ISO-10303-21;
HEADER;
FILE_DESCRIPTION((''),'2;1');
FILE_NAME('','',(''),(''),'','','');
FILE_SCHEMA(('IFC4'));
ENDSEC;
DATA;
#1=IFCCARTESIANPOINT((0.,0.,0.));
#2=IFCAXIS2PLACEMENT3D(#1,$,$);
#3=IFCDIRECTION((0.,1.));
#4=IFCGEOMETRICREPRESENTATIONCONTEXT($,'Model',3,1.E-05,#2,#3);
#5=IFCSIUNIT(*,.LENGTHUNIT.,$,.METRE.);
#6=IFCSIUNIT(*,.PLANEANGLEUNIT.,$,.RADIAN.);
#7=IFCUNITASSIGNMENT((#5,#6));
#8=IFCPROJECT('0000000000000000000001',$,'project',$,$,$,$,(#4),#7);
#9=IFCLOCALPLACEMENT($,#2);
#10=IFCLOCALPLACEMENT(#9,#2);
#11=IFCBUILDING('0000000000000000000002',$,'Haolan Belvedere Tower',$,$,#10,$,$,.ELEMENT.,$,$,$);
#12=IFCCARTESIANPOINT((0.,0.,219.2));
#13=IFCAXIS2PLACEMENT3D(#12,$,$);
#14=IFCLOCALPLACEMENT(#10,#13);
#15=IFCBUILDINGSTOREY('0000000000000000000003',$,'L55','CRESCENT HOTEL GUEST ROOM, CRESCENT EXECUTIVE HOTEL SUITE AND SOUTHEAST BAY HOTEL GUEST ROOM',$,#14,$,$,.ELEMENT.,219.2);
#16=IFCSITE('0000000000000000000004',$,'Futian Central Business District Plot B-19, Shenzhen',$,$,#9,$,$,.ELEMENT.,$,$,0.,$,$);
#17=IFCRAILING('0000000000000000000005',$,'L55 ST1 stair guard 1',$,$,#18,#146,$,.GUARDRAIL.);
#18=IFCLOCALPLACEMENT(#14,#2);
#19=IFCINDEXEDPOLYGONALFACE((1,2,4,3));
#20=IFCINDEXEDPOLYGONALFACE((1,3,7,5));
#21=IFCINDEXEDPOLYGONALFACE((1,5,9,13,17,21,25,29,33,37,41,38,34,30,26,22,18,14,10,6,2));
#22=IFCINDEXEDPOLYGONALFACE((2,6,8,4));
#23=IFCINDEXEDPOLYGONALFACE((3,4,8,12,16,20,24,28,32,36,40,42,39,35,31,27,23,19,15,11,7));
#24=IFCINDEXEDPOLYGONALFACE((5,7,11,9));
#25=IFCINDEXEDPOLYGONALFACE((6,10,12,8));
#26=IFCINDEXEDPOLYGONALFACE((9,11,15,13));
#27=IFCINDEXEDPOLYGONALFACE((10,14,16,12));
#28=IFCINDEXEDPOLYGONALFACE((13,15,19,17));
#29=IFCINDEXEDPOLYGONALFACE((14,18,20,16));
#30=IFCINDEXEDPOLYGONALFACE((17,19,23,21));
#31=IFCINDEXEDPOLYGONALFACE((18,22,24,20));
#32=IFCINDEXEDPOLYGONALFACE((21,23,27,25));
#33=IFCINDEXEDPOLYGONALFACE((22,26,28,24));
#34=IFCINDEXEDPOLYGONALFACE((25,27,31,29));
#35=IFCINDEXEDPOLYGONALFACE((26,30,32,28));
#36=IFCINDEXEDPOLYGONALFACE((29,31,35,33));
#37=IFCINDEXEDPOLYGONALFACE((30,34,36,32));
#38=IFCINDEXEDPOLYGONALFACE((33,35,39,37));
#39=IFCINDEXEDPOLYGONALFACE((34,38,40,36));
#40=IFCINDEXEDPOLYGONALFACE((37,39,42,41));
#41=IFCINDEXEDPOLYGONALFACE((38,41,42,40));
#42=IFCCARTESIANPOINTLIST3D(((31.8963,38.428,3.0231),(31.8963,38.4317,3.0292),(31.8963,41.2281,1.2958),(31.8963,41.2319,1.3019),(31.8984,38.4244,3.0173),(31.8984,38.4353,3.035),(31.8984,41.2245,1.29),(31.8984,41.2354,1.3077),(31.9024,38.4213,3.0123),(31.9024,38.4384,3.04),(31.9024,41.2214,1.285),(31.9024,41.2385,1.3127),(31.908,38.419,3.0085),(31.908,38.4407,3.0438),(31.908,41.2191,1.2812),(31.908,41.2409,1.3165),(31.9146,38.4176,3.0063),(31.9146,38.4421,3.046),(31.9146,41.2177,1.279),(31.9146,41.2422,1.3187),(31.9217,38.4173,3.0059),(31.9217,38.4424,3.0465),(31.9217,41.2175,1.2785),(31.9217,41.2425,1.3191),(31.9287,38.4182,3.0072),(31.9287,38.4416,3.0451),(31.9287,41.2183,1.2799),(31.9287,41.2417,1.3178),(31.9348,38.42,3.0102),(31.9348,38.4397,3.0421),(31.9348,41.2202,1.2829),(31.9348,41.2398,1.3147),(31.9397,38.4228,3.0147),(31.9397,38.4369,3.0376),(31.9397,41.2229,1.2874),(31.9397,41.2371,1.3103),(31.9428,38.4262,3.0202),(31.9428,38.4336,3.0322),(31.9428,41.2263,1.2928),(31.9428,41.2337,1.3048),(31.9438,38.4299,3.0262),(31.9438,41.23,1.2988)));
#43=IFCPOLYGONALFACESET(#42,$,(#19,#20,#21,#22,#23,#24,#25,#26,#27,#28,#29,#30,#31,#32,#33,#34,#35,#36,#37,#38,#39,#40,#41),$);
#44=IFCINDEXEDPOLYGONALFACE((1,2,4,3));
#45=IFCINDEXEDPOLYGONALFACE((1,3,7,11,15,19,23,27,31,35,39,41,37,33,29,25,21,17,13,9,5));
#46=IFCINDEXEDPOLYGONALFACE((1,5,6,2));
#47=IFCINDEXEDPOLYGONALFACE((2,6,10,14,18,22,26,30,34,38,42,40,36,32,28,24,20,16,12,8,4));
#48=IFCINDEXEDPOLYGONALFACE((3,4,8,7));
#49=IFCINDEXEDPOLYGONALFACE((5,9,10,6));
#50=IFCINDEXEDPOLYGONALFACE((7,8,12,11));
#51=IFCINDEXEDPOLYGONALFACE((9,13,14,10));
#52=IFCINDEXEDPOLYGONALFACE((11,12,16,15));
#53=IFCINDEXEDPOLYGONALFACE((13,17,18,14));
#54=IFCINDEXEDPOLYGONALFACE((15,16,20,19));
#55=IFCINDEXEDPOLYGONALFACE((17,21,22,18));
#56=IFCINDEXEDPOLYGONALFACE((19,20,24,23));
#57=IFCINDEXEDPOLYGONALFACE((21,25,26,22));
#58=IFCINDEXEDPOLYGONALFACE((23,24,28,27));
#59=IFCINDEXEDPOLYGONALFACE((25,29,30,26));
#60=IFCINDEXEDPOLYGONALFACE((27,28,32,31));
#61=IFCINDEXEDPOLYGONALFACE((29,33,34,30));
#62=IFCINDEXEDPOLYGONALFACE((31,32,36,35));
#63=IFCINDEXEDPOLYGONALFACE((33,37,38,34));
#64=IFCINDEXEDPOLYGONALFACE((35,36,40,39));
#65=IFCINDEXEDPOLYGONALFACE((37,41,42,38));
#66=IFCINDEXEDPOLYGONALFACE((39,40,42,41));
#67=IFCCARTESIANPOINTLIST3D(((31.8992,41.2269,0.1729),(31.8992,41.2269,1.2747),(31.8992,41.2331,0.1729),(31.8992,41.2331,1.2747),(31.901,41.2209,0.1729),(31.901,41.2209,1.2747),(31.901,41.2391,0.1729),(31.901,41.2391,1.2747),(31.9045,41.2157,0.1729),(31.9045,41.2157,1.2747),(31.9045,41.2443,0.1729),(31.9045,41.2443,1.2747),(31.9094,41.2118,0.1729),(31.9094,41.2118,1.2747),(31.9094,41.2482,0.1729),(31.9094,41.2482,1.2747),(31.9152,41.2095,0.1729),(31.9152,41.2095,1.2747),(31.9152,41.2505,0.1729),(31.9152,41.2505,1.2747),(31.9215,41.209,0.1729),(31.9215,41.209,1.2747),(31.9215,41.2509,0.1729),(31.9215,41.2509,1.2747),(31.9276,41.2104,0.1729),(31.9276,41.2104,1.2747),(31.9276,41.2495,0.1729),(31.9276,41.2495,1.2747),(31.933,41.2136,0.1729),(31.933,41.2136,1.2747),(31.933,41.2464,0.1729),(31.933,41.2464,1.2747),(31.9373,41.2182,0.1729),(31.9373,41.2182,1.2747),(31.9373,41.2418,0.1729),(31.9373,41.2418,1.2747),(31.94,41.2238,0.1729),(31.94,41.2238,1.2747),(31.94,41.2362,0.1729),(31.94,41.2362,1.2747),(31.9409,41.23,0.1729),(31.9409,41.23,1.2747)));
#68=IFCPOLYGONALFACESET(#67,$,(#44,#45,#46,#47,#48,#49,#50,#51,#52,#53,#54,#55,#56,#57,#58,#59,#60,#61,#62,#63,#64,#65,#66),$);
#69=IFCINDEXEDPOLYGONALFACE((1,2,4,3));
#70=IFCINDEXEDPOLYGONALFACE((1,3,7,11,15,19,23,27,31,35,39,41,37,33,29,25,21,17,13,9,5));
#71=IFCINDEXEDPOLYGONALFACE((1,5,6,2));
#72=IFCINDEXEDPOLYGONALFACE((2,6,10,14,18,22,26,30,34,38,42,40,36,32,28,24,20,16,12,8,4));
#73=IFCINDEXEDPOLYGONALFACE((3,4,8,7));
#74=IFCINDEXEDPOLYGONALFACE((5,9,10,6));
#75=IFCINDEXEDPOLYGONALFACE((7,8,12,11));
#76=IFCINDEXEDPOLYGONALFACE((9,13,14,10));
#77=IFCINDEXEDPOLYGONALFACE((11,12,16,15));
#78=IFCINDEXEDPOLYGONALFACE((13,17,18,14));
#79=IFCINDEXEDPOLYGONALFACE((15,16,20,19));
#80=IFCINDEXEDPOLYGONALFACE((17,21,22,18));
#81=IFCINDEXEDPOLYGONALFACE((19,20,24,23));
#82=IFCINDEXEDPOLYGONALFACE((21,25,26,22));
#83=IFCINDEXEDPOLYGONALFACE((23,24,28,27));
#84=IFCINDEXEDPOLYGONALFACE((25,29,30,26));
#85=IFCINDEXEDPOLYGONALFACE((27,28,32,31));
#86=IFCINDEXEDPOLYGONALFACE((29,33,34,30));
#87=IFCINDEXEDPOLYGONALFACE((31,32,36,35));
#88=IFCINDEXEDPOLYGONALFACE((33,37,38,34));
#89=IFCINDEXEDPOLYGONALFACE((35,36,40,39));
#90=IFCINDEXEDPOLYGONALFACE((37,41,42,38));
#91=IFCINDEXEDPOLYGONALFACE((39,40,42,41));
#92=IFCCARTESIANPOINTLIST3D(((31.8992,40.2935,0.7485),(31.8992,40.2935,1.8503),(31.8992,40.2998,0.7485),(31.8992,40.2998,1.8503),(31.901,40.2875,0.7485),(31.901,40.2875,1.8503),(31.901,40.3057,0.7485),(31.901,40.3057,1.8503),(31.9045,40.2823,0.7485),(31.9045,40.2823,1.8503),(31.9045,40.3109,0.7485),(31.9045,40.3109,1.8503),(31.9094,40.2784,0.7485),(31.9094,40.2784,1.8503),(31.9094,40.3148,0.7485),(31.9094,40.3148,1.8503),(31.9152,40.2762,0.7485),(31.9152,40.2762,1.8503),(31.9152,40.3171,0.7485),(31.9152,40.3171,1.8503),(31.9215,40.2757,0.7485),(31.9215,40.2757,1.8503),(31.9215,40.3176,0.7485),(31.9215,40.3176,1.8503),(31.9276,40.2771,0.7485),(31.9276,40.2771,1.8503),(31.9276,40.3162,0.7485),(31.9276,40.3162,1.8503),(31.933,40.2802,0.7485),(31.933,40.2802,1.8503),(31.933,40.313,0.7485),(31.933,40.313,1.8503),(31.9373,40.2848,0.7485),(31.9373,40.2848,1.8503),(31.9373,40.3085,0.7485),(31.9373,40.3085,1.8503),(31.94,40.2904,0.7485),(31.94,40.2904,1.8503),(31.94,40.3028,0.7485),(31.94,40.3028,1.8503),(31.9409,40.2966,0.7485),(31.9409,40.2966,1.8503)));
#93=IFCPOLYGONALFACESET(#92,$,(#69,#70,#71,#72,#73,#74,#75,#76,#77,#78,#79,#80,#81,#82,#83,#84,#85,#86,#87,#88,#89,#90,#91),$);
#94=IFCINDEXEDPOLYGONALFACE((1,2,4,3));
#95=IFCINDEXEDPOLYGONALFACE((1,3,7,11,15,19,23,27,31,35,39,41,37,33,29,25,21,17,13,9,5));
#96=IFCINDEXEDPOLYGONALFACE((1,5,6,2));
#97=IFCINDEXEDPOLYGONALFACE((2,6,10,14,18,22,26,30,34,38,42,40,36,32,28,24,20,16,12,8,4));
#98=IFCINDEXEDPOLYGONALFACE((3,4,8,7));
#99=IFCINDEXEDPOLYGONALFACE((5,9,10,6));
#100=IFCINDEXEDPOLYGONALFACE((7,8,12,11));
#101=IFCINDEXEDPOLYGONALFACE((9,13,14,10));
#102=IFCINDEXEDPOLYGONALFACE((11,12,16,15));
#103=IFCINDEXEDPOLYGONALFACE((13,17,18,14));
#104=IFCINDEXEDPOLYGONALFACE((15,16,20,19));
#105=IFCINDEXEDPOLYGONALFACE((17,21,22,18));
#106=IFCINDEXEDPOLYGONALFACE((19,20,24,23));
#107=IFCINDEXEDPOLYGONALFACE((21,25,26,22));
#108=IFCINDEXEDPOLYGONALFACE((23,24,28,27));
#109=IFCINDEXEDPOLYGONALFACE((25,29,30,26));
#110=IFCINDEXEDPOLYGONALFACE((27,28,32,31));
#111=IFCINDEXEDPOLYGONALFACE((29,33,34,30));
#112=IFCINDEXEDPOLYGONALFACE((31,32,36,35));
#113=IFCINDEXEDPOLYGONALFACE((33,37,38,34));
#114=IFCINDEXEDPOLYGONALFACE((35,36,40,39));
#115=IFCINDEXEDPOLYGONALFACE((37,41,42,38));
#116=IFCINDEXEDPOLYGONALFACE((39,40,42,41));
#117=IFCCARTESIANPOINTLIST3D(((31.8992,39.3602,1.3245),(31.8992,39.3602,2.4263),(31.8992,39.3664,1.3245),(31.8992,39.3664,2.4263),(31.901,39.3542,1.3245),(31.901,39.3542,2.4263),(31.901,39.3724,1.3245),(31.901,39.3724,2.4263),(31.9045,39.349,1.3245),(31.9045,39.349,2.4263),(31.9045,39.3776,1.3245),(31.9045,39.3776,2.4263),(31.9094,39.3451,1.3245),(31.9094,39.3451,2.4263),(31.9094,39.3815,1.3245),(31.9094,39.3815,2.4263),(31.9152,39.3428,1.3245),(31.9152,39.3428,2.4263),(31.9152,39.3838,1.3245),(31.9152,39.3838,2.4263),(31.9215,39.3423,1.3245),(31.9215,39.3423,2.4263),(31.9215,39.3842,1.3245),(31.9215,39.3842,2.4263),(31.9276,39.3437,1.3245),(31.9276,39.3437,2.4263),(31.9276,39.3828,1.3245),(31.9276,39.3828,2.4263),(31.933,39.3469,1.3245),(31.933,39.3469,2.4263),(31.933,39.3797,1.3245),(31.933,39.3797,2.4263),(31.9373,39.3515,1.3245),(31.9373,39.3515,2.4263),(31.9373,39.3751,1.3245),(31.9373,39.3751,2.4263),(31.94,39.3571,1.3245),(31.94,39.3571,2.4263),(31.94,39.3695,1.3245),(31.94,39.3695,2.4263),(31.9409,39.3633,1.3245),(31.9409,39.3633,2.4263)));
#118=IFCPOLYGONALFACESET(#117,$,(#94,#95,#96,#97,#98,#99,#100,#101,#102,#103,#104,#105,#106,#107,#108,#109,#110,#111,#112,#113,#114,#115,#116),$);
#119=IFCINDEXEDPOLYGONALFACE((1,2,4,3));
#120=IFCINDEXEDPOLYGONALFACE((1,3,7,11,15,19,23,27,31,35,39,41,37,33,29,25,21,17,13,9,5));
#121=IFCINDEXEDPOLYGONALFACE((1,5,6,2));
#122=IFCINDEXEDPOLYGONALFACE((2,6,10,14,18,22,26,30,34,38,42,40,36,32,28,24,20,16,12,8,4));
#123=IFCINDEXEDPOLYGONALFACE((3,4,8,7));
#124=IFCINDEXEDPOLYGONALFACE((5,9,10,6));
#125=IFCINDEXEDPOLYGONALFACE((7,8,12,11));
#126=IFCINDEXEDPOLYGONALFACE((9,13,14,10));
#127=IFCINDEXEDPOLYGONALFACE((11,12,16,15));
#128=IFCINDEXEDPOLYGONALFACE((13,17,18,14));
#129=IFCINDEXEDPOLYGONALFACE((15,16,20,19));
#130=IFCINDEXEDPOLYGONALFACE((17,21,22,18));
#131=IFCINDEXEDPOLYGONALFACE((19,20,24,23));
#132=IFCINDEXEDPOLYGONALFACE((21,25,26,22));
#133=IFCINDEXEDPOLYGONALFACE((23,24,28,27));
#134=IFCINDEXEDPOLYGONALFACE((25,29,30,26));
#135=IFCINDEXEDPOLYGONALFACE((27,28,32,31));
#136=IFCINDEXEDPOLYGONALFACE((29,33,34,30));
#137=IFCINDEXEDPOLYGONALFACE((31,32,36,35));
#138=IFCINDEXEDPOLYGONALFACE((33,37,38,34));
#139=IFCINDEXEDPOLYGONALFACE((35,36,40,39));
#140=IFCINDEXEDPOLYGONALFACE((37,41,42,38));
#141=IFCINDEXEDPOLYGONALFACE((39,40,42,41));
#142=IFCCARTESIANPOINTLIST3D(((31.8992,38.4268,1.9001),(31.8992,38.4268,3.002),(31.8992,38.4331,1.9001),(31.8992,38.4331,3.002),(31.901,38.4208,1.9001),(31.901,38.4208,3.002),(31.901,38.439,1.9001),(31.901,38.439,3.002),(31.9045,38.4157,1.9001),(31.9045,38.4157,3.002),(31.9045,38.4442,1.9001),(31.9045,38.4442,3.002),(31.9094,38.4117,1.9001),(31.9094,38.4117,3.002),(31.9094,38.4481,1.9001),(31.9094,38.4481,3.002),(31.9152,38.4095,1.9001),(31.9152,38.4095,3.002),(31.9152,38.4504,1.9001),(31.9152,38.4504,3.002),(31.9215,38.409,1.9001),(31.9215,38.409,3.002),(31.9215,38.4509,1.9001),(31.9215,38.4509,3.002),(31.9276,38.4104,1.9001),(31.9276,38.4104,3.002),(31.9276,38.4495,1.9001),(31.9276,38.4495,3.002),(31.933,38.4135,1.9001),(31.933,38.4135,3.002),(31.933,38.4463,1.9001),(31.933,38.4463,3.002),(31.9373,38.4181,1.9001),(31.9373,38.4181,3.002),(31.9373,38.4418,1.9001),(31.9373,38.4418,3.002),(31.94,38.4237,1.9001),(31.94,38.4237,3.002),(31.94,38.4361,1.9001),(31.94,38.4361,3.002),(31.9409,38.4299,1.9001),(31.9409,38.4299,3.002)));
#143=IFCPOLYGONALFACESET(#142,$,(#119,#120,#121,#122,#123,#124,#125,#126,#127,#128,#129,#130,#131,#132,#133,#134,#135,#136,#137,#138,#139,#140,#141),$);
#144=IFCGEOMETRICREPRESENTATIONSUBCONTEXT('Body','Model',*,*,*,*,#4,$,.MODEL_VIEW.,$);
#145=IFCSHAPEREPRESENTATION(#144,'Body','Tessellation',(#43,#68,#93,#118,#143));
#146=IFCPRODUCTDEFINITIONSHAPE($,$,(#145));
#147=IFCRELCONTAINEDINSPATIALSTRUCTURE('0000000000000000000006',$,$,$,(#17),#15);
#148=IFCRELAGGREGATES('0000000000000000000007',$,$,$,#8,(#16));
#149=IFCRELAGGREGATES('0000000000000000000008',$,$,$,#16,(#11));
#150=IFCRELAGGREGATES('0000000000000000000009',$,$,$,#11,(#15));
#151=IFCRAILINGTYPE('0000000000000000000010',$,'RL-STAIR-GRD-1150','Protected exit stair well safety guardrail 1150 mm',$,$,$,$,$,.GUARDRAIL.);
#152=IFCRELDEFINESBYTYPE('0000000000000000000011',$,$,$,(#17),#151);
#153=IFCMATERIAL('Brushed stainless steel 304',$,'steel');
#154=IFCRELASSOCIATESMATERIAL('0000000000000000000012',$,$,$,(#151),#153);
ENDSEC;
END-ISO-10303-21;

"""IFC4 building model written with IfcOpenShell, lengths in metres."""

from ifc_helpers import new_model, si_unit, direction, frame, origin, origin_2d, place, context, subcontext, project, spatial, circle, extrude, material, type_object, element, save


model = new_model("IFC4")

# Units and contexts
model_context = context("Model", 3, precision=1e-05, world=origin(), true_north=direction((0.0, 1.0)))
body_context = subcontext(model_context, "Body", "Model", "MODEL_VIEW")
ifc_project = project(units=[si_unit("LENGTHUNIT", "METRE"), si_unit("PLANEANGLEUNIT", "RADIAN")], contexts=[model_context])

# Site, building, storey
site_placement = place(None, origin())
site = spatial("IfcSite", under=ifc_project, at=site_placement, Name="Futian Central Business District Plot B-19, Shenzhen", CompositionType="ELEMENT", RefElevation=0.0)
building_placement = place(site_placement, origin())
building = spatial("IfcBuilding", under=site, at=building_placement, Name="Haolan Belvedere Tower", CompositionType="ELEMENT")
storey_placement = place(building_placement, frame((0.0, 0.0, 219.2)))
storey = spatial("IfcBuildingStorey", under=building, at=storey_placement, Name="L55", Description="CRESCENT HOTEL GUEST ROOM, CRESCENT EXECUTIVE HOTEL SUITE AND SOUTHEAST BAY HOTEL GUEST ROOM", CompositionType="ELEMENT", Elevation=219.2)

# Railing
ifc_material_1 = material(Name="Brushed stainless steel 304", Category="steel")
railing_type_1 = type_object("IfcRailingType", Name="RL-STAIR-GRD-1150", Description="Protected exit stair well safety guardrail 1150 mm", PredefinedType="GUARDRAIL", material=ifc_material_1)
railing_1_placement = place(storey_placement, frame((31.9199, 41.23, 0.1729)))
element("IfcRailing", 1, at=railing_1_placement, inside=storey, type_object=railing_type_1, Name="L55 ST1 stair guard 1", PredefinedType="GUARDRAIL", context=body_context, shape_type="SweptSolid", body=[
    extrude(circle(Radius=0.0239, at=origin_2d()), frame((0.0, 0.0, 1.126), z_axis=(0.0, -0.85109, 0.52502), x_axis=(1.0, 0.0, 0.0)), (0.0, 0.0, 1.0), 3.29),
    extrude(circle(Radius=0.021, at=origin_2d()), origin(), (0.0, 0.0, 1.0), 1.1018),
    extrude(circle(Radius=0.021, at=origin_2d()), frame((0.0, -0.9333, 0.5757)), (0.0, 0.0, 1.0), 1.1018),
    extrude(circle(Radius=0.021, at=origin_2d()), frame((0.0, -1.8667, 1.1516)), (0.0, 0.0, 1.0), 1.1018),
    extrude(circle(Radius=0.021, at=origin_2d()), frame((0.0, -2.8, 1.7273)), (0.0, 0.0, 1.0), 1.1018),
])

save(model, "model.ifc")
